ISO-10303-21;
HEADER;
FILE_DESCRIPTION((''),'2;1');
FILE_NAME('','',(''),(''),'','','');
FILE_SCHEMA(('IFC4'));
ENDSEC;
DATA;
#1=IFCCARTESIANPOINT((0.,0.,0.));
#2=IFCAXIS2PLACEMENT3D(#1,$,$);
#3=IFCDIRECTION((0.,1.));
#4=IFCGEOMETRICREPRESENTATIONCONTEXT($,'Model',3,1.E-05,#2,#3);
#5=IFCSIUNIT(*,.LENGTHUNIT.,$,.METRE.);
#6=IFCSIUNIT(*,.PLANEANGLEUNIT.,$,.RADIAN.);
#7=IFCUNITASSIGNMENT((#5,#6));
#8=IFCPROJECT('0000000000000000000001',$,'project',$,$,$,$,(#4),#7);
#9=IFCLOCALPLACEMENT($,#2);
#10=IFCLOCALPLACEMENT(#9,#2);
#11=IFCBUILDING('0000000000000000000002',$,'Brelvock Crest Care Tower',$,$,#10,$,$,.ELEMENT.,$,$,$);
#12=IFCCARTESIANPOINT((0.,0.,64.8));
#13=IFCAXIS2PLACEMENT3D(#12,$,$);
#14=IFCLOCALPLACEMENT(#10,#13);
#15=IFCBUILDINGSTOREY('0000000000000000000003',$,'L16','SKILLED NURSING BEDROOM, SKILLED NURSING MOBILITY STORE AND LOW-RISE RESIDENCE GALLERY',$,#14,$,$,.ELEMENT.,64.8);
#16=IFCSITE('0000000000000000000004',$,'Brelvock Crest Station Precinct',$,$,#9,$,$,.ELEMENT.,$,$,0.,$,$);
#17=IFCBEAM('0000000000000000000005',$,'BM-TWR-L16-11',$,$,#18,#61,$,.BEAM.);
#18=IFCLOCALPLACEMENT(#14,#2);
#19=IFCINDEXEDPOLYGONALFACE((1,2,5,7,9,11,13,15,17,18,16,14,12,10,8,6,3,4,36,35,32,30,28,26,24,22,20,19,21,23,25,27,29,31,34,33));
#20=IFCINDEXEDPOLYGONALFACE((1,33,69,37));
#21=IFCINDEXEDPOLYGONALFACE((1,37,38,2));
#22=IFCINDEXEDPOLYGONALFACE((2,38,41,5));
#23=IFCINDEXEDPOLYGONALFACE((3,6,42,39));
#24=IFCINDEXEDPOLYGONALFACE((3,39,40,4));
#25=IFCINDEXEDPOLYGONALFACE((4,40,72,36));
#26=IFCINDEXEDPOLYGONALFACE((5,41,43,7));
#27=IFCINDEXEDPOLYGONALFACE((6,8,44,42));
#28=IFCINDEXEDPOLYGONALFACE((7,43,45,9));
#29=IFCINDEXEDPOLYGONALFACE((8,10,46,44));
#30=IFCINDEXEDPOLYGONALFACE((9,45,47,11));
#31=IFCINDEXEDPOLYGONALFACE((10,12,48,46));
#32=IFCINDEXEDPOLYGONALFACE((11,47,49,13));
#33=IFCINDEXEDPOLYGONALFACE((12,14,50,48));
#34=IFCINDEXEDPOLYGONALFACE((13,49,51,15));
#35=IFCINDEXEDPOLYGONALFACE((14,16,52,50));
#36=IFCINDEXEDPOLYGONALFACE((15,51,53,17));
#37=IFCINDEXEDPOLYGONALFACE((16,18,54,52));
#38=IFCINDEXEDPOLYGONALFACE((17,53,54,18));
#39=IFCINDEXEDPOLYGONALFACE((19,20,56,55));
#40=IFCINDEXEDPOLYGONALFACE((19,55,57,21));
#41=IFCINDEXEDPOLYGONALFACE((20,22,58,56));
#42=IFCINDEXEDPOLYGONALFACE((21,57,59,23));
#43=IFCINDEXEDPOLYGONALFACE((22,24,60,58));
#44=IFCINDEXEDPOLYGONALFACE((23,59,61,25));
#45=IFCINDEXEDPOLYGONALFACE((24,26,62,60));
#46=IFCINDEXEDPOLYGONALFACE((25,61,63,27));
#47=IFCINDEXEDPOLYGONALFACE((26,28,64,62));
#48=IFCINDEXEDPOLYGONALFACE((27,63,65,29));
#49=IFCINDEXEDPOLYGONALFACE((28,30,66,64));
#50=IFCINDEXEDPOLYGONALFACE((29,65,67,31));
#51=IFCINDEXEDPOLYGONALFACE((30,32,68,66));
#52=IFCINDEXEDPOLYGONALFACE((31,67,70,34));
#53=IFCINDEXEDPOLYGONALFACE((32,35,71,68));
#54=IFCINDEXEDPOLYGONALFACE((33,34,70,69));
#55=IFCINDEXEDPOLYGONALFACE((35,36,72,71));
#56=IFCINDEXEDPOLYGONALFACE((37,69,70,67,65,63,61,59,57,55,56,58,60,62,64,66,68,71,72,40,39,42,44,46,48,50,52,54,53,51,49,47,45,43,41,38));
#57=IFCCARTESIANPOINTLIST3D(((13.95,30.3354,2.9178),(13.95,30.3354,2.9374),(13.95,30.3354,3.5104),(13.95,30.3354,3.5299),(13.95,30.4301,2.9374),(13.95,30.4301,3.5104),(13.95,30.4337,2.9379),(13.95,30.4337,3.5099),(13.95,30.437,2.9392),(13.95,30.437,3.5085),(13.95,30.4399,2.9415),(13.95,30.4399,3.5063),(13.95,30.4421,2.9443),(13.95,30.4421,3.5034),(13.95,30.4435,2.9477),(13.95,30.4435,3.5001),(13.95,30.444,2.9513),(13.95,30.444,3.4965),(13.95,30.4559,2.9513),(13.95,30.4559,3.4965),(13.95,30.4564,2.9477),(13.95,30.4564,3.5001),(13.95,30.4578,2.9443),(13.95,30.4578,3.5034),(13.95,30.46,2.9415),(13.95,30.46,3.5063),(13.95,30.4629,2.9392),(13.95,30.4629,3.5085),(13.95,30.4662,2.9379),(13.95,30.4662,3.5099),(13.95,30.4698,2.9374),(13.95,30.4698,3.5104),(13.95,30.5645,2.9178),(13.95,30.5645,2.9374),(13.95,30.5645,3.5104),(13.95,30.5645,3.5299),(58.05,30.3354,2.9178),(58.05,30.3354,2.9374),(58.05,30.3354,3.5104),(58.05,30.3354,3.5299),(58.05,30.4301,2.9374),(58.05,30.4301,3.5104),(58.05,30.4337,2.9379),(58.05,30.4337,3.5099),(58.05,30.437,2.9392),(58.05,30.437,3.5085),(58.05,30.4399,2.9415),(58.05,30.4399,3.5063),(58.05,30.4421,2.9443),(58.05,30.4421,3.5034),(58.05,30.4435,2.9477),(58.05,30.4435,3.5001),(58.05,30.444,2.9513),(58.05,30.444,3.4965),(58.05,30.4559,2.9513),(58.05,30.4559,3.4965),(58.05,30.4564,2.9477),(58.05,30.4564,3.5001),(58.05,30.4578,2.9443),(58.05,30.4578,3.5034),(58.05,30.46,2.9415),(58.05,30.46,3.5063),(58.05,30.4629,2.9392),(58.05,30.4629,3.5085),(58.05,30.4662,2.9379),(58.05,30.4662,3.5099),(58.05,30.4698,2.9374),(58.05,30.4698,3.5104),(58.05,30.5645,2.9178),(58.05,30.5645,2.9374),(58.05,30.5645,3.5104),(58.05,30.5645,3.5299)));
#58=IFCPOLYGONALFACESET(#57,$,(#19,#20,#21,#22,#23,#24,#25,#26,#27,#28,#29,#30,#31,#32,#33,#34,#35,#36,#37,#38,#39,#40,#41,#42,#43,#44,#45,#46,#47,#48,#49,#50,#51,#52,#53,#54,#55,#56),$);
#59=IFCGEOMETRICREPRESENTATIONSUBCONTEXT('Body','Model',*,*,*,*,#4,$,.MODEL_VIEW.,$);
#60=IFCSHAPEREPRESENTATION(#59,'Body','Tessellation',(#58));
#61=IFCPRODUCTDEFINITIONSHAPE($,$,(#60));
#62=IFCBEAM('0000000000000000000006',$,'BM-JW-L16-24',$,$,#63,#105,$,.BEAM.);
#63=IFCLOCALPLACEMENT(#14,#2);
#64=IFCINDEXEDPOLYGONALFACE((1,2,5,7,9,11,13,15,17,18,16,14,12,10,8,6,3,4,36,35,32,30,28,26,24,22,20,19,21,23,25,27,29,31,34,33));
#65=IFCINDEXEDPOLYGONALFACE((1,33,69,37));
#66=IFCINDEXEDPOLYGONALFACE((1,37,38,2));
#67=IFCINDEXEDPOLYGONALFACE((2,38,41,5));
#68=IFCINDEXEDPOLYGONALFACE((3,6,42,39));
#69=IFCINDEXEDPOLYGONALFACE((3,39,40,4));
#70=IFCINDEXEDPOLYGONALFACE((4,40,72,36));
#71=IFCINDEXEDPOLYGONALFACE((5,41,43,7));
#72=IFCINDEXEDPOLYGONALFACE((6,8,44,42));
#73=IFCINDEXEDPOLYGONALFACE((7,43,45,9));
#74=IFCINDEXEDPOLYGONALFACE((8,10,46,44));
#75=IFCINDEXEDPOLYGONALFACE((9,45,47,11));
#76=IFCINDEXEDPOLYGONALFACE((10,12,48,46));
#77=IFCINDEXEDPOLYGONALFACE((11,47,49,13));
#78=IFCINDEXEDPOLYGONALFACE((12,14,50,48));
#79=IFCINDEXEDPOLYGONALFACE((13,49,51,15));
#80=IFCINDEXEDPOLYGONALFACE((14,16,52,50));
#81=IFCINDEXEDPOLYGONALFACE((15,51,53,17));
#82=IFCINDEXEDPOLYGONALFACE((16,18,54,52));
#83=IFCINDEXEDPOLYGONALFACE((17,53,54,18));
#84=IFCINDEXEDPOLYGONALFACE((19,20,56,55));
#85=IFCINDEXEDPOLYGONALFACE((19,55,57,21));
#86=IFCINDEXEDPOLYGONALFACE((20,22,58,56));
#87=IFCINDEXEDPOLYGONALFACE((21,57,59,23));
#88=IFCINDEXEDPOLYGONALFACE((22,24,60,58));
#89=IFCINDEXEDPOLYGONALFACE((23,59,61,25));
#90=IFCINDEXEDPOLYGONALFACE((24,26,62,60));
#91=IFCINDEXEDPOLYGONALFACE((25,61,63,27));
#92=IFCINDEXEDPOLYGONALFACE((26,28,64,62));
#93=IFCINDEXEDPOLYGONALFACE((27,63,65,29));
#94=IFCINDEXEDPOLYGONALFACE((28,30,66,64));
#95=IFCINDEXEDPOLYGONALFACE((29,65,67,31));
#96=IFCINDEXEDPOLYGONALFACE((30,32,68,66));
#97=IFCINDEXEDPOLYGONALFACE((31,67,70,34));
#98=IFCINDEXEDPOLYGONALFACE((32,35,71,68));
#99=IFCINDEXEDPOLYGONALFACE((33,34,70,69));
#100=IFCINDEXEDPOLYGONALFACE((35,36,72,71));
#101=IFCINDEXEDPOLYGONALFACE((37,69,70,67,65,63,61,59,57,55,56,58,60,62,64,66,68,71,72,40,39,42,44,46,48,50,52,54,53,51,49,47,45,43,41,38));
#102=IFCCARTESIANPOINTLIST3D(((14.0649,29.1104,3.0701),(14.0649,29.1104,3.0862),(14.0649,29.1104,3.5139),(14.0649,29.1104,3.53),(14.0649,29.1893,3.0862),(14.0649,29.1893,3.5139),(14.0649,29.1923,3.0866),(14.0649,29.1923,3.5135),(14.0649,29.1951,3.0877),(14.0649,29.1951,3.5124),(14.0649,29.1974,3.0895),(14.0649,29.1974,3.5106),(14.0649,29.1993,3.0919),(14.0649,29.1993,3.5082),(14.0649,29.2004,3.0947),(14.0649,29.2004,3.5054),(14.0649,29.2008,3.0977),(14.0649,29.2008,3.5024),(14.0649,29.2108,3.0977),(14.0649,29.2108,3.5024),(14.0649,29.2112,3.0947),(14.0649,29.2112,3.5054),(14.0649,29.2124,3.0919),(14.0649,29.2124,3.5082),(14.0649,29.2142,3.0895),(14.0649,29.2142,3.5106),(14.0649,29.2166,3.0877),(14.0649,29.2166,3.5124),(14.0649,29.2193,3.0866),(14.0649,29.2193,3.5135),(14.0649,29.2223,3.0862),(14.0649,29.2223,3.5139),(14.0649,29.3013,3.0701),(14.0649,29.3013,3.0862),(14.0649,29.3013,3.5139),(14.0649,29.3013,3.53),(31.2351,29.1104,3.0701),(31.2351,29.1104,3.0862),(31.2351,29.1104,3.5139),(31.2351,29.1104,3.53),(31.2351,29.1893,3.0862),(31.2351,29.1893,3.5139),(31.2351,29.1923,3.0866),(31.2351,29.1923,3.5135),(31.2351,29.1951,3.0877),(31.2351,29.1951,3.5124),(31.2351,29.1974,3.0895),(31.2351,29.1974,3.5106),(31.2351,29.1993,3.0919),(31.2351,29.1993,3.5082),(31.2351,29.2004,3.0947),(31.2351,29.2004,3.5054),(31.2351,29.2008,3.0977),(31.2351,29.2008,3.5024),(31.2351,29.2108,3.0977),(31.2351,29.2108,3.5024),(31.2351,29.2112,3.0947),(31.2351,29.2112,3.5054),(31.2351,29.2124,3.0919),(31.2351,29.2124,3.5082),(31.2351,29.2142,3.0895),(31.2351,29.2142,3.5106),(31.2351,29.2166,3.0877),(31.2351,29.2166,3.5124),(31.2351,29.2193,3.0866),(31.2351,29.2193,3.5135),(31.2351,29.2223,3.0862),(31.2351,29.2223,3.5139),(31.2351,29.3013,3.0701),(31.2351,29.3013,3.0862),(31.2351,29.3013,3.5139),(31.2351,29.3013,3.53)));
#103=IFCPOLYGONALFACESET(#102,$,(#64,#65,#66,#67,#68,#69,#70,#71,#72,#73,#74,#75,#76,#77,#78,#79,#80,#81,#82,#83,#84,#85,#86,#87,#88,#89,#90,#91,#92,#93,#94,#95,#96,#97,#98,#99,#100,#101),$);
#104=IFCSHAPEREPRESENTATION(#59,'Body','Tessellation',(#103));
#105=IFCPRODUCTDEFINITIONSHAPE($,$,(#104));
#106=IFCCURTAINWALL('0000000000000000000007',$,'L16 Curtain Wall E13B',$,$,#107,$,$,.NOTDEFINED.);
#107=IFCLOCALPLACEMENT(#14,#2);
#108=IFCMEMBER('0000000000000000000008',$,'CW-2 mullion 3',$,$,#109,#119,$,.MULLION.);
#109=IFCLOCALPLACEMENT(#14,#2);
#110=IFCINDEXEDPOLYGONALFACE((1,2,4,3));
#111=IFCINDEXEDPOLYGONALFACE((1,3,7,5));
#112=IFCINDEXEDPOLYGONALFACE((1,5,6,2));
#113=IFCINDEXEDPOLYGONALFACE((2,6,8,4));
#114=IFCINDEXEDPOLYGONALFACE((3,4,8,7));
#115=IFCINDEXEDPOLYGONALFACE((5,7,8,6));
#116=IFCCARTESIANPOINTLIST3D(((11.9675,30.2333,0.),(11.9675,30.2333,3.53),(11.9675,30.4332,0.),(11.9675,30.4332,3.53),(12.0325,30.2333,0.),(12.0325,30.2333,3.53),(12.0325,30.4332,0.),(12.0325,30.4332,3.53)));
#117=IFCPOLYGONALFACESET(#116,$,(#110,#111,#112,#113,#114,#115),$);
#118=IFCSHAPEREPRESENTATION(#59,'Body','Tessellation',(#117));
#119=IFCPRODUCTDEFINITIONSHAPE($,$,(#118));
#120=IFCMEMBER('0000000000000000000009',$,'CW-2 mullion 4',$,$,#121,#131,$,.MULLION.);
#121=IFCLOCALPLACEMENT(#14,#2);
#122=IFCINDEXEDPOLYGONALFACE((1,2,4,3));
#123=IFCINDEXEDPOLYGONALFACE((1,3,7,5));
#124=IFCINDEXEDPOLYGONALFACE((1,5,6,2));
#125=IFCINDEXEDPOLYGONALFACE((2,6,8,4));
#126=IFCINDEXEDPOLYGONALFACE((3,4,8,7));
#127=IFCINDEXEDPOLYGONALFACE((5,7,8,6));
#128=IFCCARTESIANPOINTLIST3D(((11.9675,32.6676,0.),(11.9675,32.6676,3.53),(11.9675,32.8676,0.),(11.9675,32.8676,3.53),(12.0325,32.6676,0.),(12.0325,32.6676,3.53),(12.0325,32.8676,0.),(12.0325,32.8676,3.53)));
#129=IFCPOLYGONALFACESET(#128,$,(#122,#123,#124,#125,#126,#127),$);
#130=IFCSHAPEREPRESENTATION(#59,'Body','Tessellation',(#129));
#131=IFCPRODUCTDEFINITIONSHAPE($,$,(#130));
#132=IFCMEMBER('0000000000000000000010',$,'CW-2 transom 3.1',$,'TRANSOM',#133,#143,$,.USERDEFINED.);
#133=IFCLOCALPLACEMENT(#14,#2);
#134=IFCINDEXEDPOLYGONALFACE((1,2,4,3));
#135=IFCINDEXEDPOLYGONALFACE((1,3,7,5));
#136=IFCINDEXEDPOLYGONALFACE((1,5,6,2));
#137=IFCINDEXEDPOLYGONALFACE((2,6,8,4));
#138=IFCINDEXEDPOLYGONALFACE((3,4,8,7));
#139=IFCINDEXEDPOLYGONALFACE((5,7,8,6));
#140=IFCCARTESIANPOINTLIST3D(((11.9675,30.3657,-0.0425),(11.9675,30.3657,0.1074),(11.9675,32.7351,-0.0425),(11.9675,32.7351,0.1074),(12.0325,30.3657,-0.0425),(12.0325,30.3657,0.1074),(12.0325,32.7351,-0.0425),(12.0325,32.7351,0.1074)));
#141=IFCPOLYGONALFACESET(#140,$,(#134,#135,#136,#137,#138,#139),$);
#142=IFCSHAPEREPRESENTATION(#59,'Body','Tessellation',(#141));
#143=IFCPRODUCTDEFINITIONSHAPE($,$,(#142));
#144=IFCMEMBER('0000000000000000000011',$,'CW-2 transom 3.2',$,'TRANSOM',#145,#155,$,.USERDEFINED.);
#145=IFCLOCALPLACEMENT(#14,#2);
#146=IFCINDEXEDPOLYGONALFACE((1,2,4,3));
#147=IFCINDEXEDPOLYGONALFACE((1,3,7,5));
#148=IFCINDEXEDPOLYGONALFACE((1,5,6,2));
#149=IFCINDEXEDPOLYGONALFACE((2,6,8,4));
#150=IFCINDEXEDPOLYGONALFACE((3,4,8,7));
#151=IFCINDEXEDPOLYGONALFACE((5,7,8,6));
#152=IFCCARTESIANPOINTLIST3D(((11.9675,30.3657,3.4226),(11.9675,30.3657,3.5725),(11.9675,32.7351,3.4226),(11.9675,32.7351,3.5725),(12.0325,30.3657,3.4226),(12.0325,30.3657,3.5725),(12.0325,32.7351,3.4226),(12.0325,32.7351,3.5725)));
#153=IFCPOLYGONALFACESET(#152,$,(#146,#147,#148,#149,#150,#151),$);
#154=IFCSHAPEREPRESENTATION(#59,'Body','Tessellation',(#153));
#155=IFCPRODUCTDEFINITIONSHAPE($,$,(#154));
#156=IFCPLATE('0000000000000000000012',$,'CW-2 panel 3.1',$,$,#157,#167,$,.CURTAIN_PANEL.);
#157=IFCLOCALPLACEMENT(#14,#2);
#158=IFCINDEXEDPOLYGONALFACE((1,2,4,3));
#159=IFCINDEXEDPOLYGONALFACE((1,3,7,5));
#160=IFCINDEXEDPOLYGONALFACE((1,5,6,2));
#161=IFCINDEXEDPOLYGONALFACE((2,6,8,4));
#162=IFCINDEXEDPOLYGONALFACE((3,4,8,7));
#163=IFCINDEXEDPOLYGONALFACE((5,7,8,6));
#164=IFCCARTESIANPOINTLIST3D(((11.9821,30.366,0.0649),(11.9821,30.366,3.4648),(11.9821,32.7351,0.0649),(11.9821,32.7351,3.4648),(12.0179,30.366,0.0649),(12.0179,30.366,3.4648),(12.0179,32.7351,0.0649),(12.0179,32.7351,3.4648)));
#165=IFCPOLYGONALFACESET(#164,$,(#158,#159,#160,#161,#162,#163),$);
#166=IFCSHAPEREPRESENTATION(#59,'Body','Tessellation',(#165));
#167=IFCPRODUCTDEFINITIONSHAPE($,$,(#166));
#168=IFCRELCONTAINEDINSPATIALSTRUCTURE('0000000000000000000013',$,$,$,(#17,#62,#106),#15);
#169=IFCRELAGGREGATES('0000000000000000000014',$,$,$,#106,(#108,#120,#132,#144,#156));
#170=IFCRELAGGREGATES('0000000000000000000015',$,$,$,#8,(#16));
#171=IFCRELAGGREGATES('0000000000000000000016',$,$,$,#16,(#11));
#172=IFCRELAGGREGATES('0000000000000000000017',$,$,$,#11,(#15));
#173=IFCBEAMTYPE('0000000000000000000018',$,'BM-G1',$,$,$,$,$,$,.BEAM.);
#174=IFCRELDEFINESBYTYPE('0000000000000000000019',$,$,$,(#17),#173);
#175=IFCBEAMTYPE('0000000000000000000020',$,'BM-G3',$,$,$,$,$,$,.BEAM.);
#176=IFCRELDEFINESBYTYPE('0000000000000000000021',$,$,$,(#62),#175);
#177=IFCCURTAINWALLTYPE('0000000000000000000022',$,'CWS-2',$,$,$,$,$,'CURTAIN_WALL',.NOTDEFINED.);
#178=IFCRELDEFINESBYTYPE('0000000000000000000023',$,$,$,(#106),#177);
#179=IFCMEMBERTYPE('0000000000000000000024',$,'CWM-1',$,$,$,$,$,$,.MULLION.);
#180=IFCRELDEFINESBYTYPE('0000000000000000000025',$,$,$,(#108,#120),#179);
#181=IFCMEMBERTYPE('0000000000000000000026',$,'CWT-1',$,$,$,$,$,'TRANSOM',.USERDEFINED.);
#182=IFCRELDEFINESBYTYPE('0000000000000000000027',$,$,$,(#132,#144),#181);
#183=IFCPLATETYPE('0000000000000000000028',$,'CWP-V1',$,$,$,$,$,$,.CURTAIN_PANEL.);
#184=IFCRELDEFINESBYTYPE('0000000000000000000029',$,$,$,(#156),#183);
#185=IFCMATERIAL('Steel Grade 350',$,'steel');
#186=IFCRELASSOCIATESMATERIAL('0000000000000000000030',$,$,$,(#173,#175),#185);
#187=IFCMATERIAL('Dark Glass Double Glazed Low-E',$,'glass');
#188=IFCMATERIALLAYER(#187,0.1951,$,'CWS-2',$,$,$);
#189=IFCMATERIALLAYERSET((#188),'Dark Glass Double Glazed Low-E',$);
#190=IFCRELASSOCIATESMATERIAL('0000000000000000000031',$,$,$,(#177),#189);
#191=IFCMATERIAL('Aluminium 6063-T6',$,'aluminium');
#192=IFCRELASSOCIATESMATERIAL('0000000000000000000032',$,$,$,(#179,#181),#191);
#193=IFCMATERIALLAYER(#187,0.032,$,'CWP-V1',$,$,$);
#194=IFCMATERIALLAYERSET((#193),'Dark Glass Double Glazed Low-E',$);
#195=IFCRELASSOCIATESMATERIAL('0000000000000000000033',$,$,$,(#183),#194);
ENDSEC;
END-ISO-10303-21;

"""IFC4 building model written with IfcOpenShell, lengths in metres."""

from ifc_helpers import new_model, si_unit, direction, frame, origin, origin_2d, place, context, subcontext, project, spatial, rectangle, i_section, extrude, source, transform, mapped, material, layer, layer_set, material_profile, profile_set, type_object, element, aggregate, save


model = new_model("IFC4")

# Units and contexts
model_context = context("Model", 3, precision=1e-05, world=origin(), true_north=direction((0.0, 1.0)))
body_context = subcontext(model_context, "Body", "Model", "MODEL_VIEW")
ifc_project = project(units=[si_unit("LENGTHUNIT", "METRE"), si_unit("PLANEANGLEUNIT", "RADIAN")], contexts=[model_context])

# Site, building, storey
site_placement = place(None, origin())
site = spatial("IfcSite", under=ifc_project, at=site_placement, Name="Brelvock Crest Station Precinct", CompositionType="ELEMENT", RefElevation=0.0)
building_placement = place(site_placement, origin())
building = spatial("IfcBuilding", under=site, at=building_placement, Name="Brelvock Crest Care Tower", CompositionType="ELEMENT")
storey_placement = place(building_placement, frame((0.0, 0.0, 64.8)))
storey = spatial("IfcBuildingStorey", under=building, at=storey_placement, Name="L16", Description="SKILLED NURSING BEDROOM, SKILLED NURSING MOBILITY STORE AND LOW-RISE RESIDENCE GALLERY", CompositionType="ELEMENT", Elevation=64.8)

# Shared definitions
ifc_material_1 = material(Name="Steel Grade 350", Category="steel")

# Beams
ifc_material_profile_1 = material_profile(ifc_material_1, i_section(OverallWidth=0.229, OverallDepth=0.6121, WebThickness=0.012, FlangeThickness=0.0195, FilletRadius=0.0139, at=origin_2d()), Name="610UB125")
ifc_profile_set_1 = profile_set([ifc_material_profile_1], Name="Steel Grade 350")
beam_type_1 = type_object("IfcBeamType", Name="BM-G1", PredefinedType="BEAM", material=ifc_profile_set_1)
shared_shape_1 = source(origin(), body_context, "Body", "SweptSolid", [
    extrude(i_section(OverallWidth=0.229, OverallDepth=0.6121, WebThickness=0.012, FlangeThickness=0.0195, FilletRadius=0.0139, at=origin_2d()), origin(), (0.0, 0.0, 1.0), 44.1001),
])
beam_1_placement = place(storey_placement, frame((13.95, 30.45, 3.2239), z_axis=(1.0, 0.0, 0.0), x_axis=(0.0, 1.0, 0.0)))
element("IfcBeam", 1, at=beam_1_placement, inside=storey, type_object=beam_type_1, Name="BM-TWR-L16-11", PredefinedType="BEAM", context=body_context, shape_type="MappedRepresentation", body=[
    mapped(shared_shape_1, transform((0.0, 0.0, 0.0), x_axis=(1.0, 0.0, 0.0), y_axis=(0.0, 1.0, 0.0), z_axis=(0.0, 0.0, 1.0), scale=1.0)),
])
ifc_material_profile_2 = material_profile(ifc_material_1, i_section(OverallWidth=0.1909, OverallDepth=0.46, WebThickness=0.01, FlangeThickness=0.0161, FilletRadius=0.0115, at=origin_2d()), Name="460UB82.1")
ifc_profile_set_2 = profile_set([ifc_material_profile_2], Name="Steel Grade 350")
beam_type_2 = type_object("IfcBeamType", Name="BM-G3", PredefinedType="BEAM", material=ifc_profile_set_2)
shared_shape_2 = source(origin(), body_context, "Body", "SweptSolid", [
    extrude(i_section(OverallWidth=0.1909, OverallDepth=0.46, WebThickness=0.01, FlangeThickness=0.0161, FilletRadius=0.0115, at=origin_2d()), origin(), (0.0, 0.0, 1.0), 17.1702),
])
beam_2_placement = place(storey_placement, frame((14.0649, 29.2058, 3.3), z_axis=(1.0, 0.0, 0.0), x_axis=(0.0, 1.0, 0.0)))
element("IfcBeam", 2, at=beam_2_placement, inside=storey, type_object=beam_type_2, Name="BM-JW-L16-24", PredefinedType="BEAM", context=body_context, shape_type="MappedRepresentation", body=[
    mapped(shared_shape_2, transform((0.0, 0.0, 0.0), x_axis=(1.0, 0.0, 0.0), y_axis=(0.0, 1.0, 0.0), z_axis=(0.0, 0.0, 1.0), scale=1.0)),
])

# Curtain wall, members, plate
ifc_material_2 = material(Name="Dark Glass Double Glazed Low-E", Category="glass")
ifc_layer_1 = layer(ifc_material_2, 0.1951, Name="CWS-2")
ifc_layer_set_1 = layer_set([ifc_layer_1], Name="Dark Glass Double Glazed Low-E")
curtain_wall_type = type_object("IfcCurtainWallType", Name="CWS-2", ElementType="CURTAIN_WALL", PredefinedType="NOTDEFINED", material=ifc_layer_set_1)
curtain_wall_placement = place(storey_placement, origin())
curtain_wall = element("IfcCurtainWall", 3, at=curtain_wall_placement, inside=storey, type_object=curtain_wall_type, Name="L16 Curtain Wall E13B", PredefinedType="NOTDEFINED")
ifc_material_3 = material(Name="Aluminium 6063-T6", Category="aluminium")
ifc_material_profile_3 = material_profile(ifc_material_3, rectangle(XDim=0.0649, YDim=0.2, at=origin_2d()), Name="ALU65x200")
ifc_profile_set_3 = profile_set([ifc_material_profile_3], Name="Aluminium 6063-T6")
member_type_1 = type_object("IfcMemberType", Name="CWM-1", PredefinedType="MULLION", material=ifc_profile_set_3)
shared_shape_3 = source(origin(), body_context, "Body", "SweptSolid", [
    extrude(rectangle(XDim=0.0649, YDim=0.2, at=origin_2d()), origin(), (0.0, 0.0, 1.0), 3.53),
])
member_1_placement = place(storey_placement, frame((12.0, 30.3333, 0.0), z_axis=(0.0, 0.0, 1.0), x_axis=(-1.0, 0.0, 0.0)))
member_1 = element("IfcMember", 4, at=member_1_placement, type_object=member_type_1, Name="CW-2 mullion 3", PredefinedType="MULLION", context=body_context, shape_type="MappedRepresentation", body=[
    mapped(shared_shape_3, transform((0.0, 0.0, 0.0), x_axis=(1.0, 0.0, 0.0), y_axis=(0.0, 1.0, 0.0), z_axis=(0.0, 0.0, 1.0), scale=1.0)),
])
member_2_placement = place(storey_placement, frame((12.0, 32.7676, 0.0), z_axis=(0.0, 0.0, 1.0), x_axis=(-1.0, 0.0, 0.0)))
member_2 = element("IfcMember", 5, at=member_2_placement, type_object=member_type_1, Name="CW-2 mullion 4", PredefinedType="MULLION", context=body_context, shape_type="MappedRepresentation", body=[
    mapped(shared_shape_3, transform((0.0, 0.0, 0.0), x_axis=(1.0, 0.0, 0.0), y_axis=(0.0, 1.0, 0.0), z_axis=(0.0, 0.0, 1.0), scale=1.0)),
])
ifc_material_profile_4 = material_profile(ifc_material_3, rectangle(XDim=0.0649, YDim=0.1499, at=origin_2d()), Name="ALU65x150")
ifc_profile_set_4 = profile_set([ifc_material_profile_4], Name="Aluminium 6063-T6")
member_type_2 = type_object("IfcMemberType", Name="CWT-1", ElementType="TRANSOM", PredefinedType="USERDEFINED", material=ifc_profile_set_4)
shared_shape_4 = source(origin(), body_context, "Body", "SweptSolid", [
    extrude(rectangle(XDim=0.0649, YDim=0.1499, at=origin_2d()), origin(), (0.0, 0.0, 1.0), 2.3694),
])
member_3_placement = place(storey_placement, frame((12.0, 30.3657, 0.0325), z_axis=(0.0, 1.0, 0.0), x_axis=(-1.0, 0.0, 0.0)))
member_3 = element("IfcMember", 6, at=member_3_placement, type_object=member_type_2, Name="CW-2 transom 3.1", ObjectType="TRANSOM", PredefinedType="USERDEFINED", context=body_context, shape_type="MappedRepresentation", body=[
    mapped(shared_shape_4, transform((0.0, 0.0, 0.0), x_axis=(1.0, 0.0, 0.0), y_axis=(0.0, 1.0, 0.0), z_axis=(0.0, 0.0, 1.0), scale=1.0)),
])
member_4_placement = place(storey_placement, frame((12.0, 30.3657, 3.4976), z_axis=(0.0, 1.0, 0.0), x_axis=(-1.0, 0.0, 0.0)))
member_4 = element("IfcMember", 7, at=member_4_placement, type_object=member_type_2, Name="CW-2 transom 3.2", ObjectType="TRANSOM", PredefinedType="USERDEFINED", context=body_context, shape_type="MappedRepresentation", body=[
    mapped(shared_shape_4, transform((0.0, 0.0, 0.0), x_axis=(1.0, 0.0, 0.0), y_axis=(0.0, 1.0, 0.0), z_axis=(0.0, 0.0, 1.0), scale=1.0)),
])
ifc_layer_2 = layer(ifc_material_2, 0.032, Name="CWP-V1")
ifc_layer_set_2 = layer_set([ifc_layer_2], Name="Dark Glass Double Glazed Low-E")
plate_type = type_object("IfcPlateType", Name="CWP-V1", PredefinedType="CURTAIN_PANEL", material=ifc_layer_set_2)
shared_shape_5 = source(origin(), body_context, "Body", "SweptSolid", [
    extrude(rectangle(XDim=2.3691, YDim=0.0359, at=origin_2d()), origin(), (0.0, 0.0, 1.0), 3.3999),
])
plate_placement = place(storey_placement, frame((12.0, 31.5505, 0.0649), z_axis=(0.0, 0.0, 1.0), x_axis=(0.0, 1.0, 0.0)))
plate = element("IfcPlate", 8, at=plate_placement, type_object=plate_type, Name="CW-2 panel 3.1", PredefinedType="CURTAIN_PANEL", context=body_context, shape_type="MappedRepresentation", body=[
    mapped(shared_shape_5, transform((0.0, 0.0, 0.0), x_axis=(1.0, 0.0, 0.0), y_axis=(0.0, 1.0, 0.0), z_axis=(0.0, 0.0, 1.0), scale=1.0)),
])
aggregate(curtain_wall, [member_1, member_2, member_3, member_4, plate])

save(model, "model.ifc")
